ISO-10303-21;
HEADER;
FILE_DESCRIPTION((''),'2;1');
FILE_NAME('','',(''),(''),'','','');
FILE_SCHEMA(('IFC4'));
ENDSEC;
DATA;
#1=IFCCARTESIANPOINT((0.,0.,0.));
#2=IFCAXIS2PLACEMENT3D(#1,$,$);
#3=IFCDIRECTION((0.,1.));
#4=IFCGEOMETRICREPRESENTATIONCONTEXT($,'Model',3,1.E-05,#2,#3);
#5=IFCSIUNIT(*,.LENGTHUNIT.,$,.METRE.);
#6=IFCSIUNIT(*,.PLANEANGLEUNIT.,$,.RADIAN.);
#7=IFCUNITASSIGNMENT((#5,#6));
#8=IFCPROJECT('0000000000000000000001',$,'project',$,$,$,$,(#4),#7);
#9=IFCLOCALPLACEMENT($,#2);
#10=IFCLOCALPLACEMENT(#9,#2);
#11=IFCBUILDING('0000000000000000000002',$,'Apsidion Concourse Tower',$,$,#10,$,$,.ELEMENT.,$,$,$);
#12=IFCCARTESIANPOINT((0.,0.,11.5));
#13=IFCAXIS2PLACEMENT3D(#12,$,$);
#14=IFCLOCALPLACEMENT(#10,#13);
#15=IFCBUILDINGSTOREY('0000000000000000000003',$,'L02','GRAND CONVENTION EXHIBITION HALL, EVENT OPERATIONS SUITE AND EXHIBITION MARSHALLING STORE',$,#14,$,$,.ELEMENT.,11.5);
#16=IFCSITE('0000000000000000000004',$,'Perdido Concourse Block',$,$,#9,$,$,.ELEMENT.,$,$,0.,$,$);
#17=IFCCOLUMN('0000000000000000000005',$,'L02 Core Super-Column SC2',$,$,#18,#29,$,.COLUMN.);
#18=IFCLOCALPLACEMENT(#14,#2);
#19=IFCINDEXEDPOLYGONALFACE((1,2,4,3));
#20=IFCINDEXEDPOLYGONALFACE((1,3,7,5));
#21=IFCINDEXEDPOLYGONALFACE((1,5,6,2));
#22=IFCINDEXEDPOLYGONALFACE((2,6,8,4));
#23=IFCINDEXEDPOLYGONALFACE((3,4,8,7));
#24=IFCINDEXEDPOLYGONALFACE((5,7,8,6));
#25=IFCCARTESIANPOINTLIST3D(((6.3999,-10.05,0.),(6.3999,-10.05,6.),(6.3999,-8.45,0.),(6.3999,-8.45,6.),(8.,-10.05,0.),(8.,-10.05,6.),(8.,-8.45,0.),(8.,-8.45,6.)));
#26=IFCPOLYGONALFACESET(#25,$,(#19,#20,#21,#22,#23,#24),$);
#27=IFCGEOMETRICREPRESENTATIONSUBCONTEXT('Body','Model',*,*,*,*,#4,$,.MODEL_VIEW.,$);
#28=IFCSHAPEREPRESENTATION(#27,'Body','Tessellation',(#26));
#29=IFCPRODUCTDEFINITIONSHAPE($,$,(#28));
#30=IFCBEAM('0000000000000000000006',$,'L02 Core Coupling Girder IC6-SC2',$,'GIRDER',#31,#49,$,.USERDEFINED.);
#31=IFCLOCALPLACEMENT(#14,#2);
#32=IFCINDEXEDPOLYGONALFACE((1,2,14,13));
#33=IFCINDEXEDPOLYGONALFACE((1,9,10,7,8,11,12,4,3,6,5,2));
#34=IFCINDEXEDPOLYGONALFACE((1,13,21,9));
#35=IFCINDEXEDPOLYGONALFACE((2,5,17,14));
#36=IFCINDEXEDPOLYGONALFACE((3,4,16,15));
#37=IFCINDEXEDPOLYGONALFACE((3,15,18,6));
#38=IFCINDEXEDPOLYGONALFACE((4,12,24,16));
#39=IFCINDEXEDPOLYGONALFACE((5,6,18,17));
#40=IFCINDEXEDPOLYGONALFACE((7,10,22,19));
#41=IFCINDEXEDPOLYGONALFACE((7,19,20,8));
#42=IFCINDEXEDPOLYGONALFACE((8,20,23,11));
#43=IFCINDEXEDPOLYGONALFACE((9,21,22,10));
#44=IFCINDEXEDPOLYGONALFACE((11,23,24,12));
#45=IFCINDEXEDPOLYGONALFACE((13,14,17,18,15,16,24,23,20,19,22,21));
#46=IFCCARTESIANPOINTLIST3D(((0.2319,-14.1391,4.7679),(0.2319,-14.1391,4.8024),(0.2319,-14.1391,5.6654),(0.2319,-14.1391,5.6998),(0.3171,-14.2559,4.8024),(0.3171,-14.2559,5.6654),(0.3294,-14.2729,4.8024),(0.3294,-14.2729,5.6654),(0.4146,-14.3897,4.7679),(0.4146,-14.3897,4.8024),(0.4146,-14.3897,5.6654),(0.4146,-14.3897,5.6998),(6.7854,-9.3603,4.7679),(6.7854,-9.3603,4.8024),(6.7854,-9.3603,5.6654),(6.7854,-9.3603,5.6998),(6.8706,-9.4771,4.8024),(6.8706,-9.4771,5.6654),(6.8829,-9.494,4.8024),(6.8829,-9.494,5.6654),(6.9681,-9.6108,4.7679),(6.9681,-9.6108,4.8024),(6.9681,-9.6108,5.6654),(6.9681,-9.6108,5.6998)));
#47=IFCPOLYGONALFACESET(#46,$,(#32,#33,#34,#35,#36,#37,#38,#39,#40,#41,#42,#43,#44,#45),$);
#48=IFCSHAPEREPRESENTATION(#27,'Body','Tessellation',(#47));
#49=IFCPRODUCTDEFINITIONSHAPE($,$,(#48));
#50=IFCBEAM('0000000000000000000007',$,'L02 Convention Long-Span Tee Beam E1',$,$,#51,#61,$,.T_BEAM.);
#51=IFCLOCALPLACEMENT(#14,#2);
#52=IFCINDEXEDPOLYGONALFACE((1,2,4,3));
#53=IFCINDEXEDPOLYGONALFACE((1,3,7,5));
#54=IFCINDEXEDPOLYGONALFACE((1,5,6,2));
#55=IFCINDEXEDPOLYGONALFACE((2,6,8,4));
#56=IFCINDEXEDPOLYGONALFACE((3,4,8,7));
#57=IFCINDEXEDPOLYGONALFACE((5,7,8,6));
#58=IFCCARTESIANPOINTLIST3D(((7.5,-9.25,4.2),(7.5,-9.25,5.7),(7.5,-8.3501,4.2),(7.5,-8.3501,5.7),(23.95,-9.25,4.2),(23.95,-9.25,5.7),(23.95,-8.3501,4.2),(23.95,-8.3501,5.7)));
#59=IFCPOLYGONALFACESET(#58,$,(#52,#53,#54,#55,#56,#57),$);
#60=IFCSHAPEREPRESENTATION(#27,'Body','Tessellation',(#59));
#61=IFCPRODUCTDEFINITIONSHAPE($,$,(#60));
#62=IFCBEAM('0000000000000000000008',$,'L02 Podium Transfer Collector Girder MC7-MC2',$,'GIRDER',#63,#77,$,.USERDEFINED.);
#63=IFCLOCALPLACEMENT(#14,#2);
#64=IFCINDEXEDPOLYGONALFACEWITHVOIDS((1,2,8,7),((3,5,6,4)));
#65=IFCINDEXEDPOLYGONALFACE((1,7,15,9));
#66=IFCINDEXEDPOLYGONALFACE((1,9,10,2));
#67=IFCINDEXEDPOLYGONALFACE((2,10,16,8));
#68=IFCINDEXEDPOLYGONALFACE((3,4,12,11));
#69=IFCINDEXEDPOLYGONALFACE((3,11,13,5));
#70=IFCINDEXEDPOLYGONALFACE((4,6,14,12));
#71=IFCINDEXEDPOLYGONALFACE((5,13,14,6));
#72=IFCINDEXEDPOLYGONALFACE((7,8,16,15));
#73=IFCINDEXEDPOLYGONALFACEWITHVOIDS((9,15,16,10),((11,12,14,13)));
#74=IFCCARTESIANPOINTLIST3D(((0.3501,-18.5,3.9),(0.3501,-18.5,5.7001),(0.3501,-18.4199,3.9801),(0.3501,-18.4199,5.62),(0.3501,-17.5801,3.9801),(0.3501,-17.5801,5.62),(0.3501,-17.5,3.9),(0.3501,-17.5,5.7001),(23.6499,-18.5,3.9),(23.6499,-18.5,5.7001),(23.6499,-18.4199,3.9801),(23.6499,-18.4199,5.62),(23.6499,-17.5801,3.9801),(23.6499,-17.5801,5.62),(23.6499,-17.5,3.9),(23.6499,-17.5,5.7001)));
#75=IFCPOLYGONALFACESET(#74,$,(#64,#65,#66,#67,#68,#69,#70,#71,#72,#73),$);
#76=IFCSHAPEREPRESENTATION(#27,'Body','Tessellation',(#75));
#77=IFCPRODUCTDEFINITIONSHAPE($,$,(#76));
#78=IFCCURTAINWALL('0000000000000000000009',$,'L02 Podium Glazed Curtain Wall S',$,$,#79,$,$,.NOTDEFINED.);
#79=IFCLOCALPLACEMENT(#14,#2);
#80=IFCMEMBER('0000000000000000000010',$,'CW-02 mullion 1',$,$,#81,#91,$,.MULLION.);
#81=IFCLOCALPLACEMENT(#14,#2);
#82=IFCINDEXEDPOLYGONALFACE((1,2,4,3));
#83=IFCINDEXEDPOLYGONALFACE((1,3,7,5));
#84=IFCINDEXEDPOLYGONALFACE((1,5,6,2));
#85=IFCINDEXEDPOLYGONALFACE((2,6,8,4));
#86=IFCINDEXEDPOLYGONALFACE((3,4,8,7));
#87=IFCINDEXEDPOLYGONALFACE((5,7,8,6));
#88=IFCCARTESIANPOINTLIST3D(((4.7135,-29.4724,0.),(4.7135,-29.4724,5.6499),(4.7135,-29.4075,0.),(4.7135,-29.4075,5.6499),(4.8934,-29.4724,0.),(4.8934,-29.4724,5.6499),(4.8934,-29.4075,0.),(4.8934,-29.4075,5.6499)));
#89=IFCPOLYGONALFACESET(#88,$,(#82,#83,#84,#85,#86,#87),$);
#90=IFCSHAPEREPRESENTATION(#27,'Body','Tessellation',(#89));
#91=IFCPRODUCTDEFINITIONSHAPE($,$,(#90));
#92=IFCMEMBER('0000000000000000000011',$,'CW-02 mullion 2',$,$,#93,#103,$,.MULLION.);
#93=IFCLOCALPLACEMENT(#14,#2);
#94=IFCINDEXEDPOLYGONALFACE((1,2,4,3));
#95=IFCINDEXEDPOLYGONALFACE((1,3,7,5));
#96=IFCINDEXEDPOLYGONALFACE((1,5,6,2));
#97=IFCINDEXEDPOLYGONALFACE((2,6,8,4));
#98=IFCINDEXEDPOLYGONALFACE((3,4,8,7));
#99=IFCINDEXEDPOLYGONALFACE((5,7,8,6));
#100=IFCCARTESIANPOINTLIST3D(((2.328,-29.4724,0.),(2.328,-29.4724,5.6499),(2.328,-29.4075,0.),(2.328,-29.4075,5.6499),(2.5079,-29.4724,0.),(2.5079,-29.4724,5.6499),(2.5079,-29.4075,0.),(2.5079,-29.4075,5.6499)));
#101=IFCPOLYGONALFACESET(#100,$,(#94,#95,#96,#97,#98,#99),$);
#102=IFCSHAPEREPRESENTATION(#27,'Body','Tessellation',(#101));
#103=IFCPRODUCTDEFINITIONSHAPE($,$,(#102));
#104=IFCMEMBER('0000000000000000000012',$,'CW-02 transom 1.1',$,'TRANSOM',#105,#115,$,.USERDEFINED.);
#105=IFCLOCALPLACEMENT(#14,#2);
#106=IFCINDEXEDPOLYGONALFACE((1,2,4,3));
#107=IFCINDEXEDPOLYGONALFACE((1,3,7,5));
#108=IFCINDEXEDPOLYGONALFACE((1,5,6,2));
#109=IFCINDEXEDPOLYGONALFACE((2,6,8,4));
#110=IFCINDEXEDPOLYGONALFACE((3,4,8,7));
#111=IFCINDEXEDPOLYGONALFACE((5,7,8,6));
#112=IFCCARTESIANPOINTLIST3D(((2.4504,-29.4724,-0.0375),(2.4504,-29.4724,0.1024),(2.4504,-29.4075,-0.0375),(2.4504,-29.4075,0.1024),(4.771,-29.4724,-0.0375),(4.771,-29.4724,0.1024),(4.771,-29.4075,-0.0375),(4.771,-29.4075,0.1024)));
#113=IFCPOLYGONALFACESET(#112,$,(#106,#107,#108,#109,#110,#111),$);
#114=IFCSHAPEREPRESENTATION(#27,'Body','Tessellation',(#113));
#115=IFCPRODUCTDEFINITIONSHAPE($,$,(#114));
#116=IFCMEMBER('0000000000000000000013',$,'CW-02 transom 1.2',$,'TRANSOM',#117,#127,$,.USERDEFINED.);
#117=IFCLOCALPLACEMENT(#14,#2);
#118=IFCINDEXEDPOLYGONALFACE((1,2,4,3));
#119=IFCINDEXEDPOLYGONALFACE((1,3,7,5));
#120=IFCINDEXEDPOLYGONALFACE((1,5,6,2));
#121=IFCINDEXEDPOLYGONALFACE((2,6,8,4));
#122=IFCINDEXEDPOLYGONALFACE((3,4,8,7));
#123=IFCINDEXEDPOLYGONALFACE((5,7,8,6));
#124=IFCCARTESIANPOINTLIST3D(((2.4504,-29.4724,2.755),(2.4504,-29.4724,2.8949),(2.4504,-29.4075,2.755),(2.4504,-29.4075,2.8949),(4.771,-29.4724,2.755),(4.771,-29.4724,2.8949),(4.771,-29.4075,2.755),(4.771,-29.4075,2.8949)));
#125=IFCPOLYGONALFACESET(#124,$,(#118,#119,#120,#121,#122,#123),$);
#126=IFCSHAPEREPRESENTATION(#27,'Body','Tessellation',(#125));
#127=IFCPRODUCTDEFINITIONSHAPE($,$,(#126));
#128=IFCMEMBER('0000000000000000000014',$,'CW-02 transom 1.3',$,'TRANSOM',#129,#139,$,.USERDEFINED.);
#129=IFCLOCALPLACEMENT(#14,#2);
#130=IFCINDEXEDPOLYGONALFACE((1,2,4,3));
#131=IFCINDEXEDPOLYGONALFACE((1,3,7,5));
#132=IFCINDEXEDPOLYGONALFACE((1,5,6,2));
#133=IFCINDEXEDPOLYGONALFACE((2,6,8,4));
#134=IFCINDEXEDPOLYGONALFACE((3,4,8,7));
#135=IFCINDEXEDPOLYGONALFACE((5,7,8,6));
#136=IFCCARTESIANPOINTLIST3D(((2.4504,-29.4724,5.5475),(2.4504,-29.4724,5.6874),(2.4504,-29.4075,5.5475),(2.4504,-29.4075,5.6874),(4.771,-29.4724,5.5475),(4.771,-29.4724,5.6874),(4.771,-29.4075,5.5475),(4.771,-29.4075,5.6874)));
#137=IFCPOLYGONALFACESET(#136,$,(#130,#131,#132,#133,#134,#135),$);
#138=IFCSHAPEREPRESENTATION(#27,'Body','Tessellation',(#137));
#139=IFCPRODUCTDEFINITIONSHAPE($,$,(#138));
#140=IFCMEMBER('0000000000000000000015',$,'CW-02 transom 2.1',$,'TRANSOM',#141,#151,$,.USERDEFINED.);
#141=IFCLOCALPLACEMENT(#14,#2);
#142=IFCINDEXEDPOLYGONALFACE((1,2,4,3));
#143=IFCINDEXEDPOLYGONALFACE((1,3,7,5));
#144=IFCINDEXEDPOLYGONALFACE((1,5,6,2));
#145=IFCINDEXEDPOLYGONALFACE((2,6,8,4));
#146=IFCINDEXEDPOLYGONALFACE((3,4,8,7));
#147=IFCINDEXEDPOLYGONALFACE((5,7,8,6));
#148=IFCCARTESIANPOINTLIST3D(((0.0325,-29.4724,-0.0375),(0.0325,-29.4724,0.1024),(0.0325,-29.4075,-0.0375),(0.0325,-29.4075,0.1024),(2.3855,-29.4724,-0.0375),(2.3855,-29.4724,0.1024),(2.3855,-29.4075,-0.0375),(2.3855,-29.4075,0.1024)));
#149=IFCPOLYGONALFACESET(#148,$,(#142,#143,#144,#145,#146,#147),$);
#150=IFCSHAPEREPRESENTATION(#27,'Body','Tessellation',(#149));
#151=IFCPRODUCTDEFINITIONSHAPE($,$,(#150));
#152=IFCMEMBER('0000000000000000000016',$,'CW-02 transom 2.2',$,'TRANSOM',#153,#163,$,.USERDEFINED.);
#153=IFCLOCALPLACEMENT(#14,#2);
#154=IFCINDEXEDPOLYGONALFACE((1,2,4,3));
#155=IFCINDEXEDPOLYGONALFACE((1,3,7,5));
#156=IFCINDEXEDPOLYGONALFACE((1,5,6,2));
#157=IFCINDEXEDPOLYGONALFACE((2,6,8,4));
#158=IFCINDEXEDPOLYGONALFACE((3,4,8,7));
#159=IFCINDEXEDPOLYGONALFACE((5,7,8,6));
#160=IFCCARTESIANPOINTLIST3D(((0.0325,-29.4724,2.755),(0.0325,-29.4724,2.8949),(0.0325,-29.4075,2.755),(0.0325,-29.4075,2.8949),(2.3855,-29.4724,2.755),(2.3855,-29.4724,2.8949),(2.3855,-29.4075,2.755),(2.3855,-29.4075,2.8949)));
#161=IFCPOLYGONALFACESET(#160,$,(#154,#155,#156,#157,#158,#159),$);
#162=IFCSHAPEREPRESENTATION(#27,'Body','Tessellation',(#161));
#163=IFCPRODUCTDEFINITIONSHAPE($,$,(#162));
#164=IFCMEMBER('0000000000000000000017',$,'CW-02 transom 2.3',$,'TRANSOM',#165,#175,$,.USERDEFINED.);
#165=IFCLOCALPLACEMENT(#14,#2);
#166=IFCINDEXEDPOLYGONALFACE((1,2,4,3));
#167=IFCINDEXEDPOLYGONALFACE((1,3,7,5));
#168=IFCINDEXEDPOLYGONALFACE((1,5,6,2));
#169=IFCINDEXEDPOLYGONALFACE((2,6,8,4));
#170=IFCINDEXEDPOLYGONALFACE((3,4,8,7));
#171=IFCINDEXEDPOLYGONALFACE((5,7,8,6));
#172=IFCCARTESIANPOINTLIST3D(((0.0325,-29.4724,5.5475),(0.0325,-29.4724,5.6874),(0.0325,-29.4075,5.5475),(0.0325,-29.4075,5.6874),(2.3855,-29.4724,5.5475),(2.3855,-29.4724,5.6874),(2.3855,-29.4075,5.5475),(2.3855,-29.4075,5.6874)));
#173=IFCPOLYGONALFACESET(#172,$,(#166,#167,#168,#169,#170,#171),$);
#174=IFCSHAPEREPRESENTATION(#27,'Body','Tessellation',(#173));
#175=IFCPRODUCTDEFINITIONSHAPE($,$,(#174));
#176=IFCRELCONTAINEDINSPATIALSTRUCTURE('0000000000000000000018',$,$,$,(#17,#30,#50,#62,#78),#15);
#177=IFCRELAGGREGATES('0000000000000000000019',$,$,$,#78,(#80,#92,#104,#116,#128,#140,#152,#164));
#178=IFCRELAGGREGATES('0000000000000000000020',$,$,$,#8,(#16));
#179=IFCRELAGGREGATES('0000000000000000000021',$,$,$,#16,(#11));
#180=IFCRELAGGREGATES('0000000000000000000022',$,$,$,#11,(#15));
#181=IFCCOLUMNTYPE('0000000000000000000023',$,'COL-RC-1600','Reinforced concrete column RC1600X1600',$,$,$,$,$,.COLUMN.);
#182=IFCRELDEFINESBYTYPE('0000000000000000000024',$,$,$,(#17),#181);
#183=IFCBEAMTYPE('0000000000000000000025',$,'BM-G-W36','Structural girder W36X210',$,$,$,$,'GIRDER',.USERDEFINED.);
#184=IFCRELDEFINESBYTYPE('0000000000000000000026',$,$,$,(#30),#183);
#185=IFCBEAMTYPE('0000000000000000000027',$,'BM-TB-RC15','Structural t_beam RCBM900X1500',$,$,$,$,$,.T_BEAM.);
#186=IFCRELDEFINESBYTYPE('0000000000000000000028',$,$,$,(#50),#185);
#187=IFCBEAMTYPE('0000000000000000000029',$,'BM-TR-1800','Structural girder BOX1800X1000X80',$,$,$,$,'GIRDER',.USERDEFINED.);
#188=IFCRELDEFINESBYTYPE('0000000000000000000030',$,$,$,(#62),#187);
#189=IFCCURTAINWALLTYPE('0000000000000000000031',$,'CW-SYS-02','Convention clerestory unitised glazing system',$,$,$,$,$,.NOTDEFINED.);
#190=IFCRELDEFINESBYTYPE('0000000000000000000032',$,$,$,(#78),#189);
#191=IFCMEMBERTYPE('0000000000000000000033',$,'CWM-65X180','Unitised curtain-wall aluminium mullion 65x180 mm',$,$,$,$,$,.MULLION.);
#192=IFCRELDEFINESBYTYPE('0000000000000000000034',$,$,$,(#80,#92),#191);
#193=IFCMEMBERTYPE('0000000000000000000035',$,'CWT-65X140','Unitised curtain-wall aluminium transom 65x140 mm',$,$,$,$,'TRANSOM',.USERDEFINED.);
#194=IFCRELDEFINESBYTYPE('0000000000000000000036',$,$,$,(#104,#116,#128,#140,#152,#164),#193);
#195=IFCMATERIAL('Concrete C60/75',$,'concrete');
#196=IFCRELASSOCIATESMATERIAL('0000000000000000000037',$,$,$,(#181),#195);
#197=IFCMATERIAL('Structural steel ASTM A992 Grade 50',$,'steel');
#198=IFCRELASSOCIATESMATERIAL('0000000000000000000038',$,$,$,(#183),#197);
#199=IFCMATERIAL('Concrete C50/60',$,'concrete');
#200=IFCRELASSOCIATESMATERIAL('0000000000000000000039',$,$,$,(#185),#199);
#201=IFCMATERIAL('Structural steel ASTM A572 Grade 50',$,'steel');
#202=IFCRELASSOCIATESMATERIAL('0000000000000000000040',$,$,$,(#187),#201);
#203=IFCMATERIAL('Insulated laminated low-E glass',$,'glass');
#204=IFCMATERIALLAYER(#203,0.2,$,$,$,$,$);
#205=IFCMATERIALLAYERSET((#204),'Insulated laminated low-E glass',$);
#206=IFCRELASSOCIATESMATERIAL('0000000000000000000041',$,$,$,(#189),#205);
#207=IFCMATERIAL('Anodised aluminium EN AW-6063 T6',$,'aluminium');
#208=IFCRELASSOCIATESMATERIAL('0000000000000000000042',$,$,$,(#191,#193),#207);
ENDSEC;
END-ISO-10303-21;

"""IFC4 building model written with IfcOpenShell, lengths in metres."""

from ifc_helpers import new_model, si_unit, direction, frame, origin, origin_2d, place, context, subcontext, project, spatial, rectangle, hollow_rectangle, i_section, extrude, material, layer, layer_set, material_profile, profile_set, type_object, element, aggregate, save


model = new_model("IFC4")

# Units and contexts
model_context = context("Model", 3, precision=1e-05, world=origin(), true_north=direction((0.0, 1.0)))
body_context = subcontext(model_context, "Body", "Model", "MODEL_VIEW")
ifc_project = project(units=[si_unit("LENGTHUNIT", "METRE"), si_unit("PLANEANGLEUNIT", "RADIAN")], contexts=[model_context])

# Site, building, storey
site_placement = place(None, origin())
site = spatial("IfcSite", under=ifc_project, at=site_placement, Name="Perdido Concourse Block", CompositionType="ELEMENT", RefElevation=0.0)
building_placement = place(site_placement, origin())
building = spatial("IfcBuilding", under=site, at=building_placement, Name="Apsidion Concourse Tower", CompositionType="ELEMENT")
storey_placement = place(building_placement, frame((0.0, 0.0, 11.5)))
storey = spatial("IfcBuildingStorey", under=building, at=storey_placement, Name="L02", Description="GRAND CONVENTION EXHIBITION HALL, EVENT OPERATIONS SUITE AND EXHIBITION MARSHALLING STORE", CompositionType="ELEMENT", Elevation=11.5)

# Column
ifc_material_1 = material(Name="Concrete C60/75", Category="concrete")
ifc_material_profile_1 = material_profile(ifc_material_1, rectangle(XDim=1.6001, YDim=1.6001, at=origin_2d()), Name="RC 1600x1600")
ifc_profile_set_1 = profile_set([ifc_material_profile_1], Name="Concrete C60/75")
column_type = type_object("IfcColumnType", Name="COL-RC-1600", Description="Reinforced concrete column RC1600X1600", PredefinedType="COLUMN", material=ifc_profile_set_1)
column_placement = place(storey_placement, frame((7.2, -9.25, 0.0), z_axis=(0.0, 0.0, 1.0), x_axis=(1.0, 0.0, 0.0)))
element("IfcColumn", 1, at=column_placement, inside=storey, type_object=column_type, Name="L02 Core Super-Column SC2", PredefinedType="COLUMN", context=body_context, shape_type="SweptSolid", body=[
    extrude(rectangle(XDim=1.6001, YDim=1.6001, at=origin_2d()), origin(), (0.0, 0.0, 1.0), 6.0),
])

# Beams
ifc_material_2 = material(Name="Structural steel ASTM A992 Grade 50", Category="steel")
ifc_material_profile_2 = material_profile(ifc_material_2, i_section(OverallWidth=0.3101, OverallDepth=0.9319, WebThickness=0.021, FlangeThickness=0.0344, at=origin_2d()), Name="W36X210")
ifc_profile_set_2 = profile_set([ifc_material_profile_2], Name="Structural steel ASTM A992 Grade 50")
beam_type_1 = type_object("IfcBeamType", Name="BM-G-W36", Description="Structural girder W36X210", ElementType="GIRDER", PredefinedType="USERDEFINED", material=ifc_profile_set_2)
beam_1_placement = place(storey_placement, frame((0.3232, -14.2644, 5.2339), z_axis=(0.807993, 0.589191, 0.0), x_axis=(-0.589191, 0.807993, 0.0)))
element("IfcBeam", 2, at=beam_1_placement, inside=storey, type_object=beam_type_1, Name="L02 Core Coupling Girder IC6-SC2", ObjectType="GIRDER", PredefinedType="USERDEFINED", context=body_context, shape_type="SweptSolid", body=[
    extrude(i_section(OverallWidth=0.3101, OverallDepth=0.9319, WebThickness=0.021, FlangeThickness=0.0344, at=origin_2d()), origin(), (0.0, 0.0, 1.0), 8.1108),
])
ifc_material_3 = material(Name="Concrete C50/60", Category="concrete")
ifc_material_profile_3 = material_profile(ifc_material_3, rectangle(XDim=0.8999, YDim=1.5, at=origin_2d()), Name="RC 900x1500")
ifc_profile_set_3 = profile_set([ifc_material_profile_3], Name="Concrete C50/60")
beam_type_2 = type_object("IfcBeamType", Name="BM-TB-RC15", Description="Structural t_beam RCBM900X1500", PredefinedType="T_BEAM", material=ifc_profile_set_3)
beam_2_placement = place(storey_placement, frame((7.5, -8.8, 4.95), z_axis=(1.0, 0.0, 0.0), x_axis=(0.0, 1.0, 0.0)))
element("IfcBeam", 3, at=beam_2_placement, inside=storey, type_object=beam_type_2, Name="L02 Convention Long-Span Tee Beam E1", PredefinedType="T_BEAM", context=body_context, shape_type="SweptSolid", body=[
    extrude(rectangle(XDim=0.8999, YDim=1.5, at=origin_2d()), origin(), (0.0, 0.0, 1.0), 16.45),
])
ifc_material_4 = material(Name="Structural steel ASTM A572 Grade 50", Category="steel")
ifc_material_profile_4 = material_profile(ifc_material_4, hollow_rectangle(XDim=1.0, YDim=1.8, WallThickness=0.0801, at=origin_2d()), Name="BOX1800X1000X80")
ifc_profile_set_4 = profile_set([ifc_material_profile_4], Name="Structural steel ASTM A572 Grade 50")
beam_type_3 = type_object("IfcBeamType", Name="BM-TR-1800", Description="Structural girder BOX1800X1000X80", ElementType="GIRDER", PredefinedType="USERDEFINED", material=ifc_profile_set_4)
beam_3_placement = place(storey_placement, frame((0.3501, -18.0, 4.8), z_axis=(1.0, 0.0, 0.0), x_axis=(0.0, 1.0, 0.0)))
element("IfcBeam", 4, at=beam_3_placement, inside=storey, type_object=beam_type_3, Name="L02 Podium Transfer Collector Girder MC7-MC2", ObjectType="GIRDER", PredefinedType="USERDEFINED", context=body_context, shape_type="SweptSolid", body=[
    extrude(hollow_rectangle(XDim=1.0, YDim=1.8, WallThickness=0.0801, at=origin_2d()), origin(), (0.0, 0.0, 1.0), 23.2998),
])

# Curtain wall, members
ifc_material_5 = material(Name="Insulated laminated low-E glass", Category="glass")
ifc_layer_1 = layer(ifc_material_5, 0.2)
ifc_layer_set_1 = layer_set([ifc_layer_1], Name="Insulated laminated low-E glass")
curtain_wall_type = type_object("IfcCurtainWallType", Name="CW-SYS-02", Description="Convention clerestory unitised glazing system", PredefinedType="NOTDEFINED", material=ifc_layer_set_1)
curtain_wall_placement = place(storey_placement, origin())
curtain_wall = element("IfcCurtainWall", 5, at=curtain_wall_placement, inside=storey, type_object=curtain_wall_type, Name="L02 Podium Glazed Curtain Wall S", PredefinedType="NOTDEFINED")
ifc_material_6 = material(Name="Anodised aluminium EN AW-6063 T6", Category="aluminium")
ifc_material_profile_5 = material_profile(ifc_material_6, rectangle(XDim=0.0649, YDim=0.1799, at=origin_2d()), Name="ALU MULLION 65x180")
ifc_profile_set_5 = profile_set([ifc_material_profile_5], Name="Anodised aluminium EN AW-6063 T6")
member_type_1 = type_object("IfcMemberType", Name="CWM-65X180", Description="Unitised curtain-wall aluminium mullion 65x180 mm", PredefinedType="MULLION", material=ifc_profile_set_5)
member_1_placement = place(storey_placement, frame((4.8035, -29.4399, 0.0), z_axis=(0.0, 0.0, 1.0), x_axis=(0.0, -1.0, 0.0)))
member_1 = element("IfcMember", 6, at=member_1_placement, type_object=member_type_1, Name="CW-02 mullion 1", PredefinedType="MULLION", context=body_context, shape_type="SweptSolid", body=[
    extrude(rectangle(XDim=0.0649, YDim=0.1799, at=origin_2d()), origin(), (0.0, 0.0, 1.0), 5.6499),
])
member_2_placement = place(storey_placement, frame((2.418, -29.4399, 0.0), z_axis=(0.0, 0.0, 1.0), x_axis=(0.0, -1.0, 0.0)))
member_2 = element("IfcMember", 7, at=member_2_placement, type_object=member_type_1, Name="CW-02 mullion 2", PredefinedType="MULLION", context=body_context, shape_type="SweptSolid", body=[
    extrude(rectangle(XDim=0.0649, YDim=0.1799, at=origin_2d()), origin(), (0.0, 0.0, 1.0), 5.6499),
])
ifc_material_profile_6 = material_profile(ifc_material_6, rectangle(XDim=0.0649, YDim=0.1399, at=origin_2d()), Name="ALU TRANSOM 65x140")
ifc_profile_set_6 = profile_set([ifc_material_profile_6], Name="Anodised aluminium EN AW-6063 T6")
member_type_2 = type_object("IfcMemberType", Name="CWT-65X140", Description="Unitised curtain-wall aluminium transom 65x140 mm", ElementType="TRANSOM", PredefinedType="USERDEFINED", material=ifc_profile_set_6)
member_3_placement = place(storey_placement, frame((4.771, -29.4399, 0.0325), z_axis=(-1.0, 0.0, 0.0), x_axis=(0.0, -1.0, 0.0)))
member_3 = element("IfcMember", 8, at=member_3_placement, type_object=member_type_2, Name="CW-02 transom 1.1", ObjectType="TRANSOM", PredefinedType="USERDEFINED", context=body_context, shape_type="SweptSolid", body=[
    extrude(rectangle(XDim=0.0649, YDim=0.1399, at=origin_2d()), origin(), (0.0, 0.0, 1.0), 2.3206),
])
member_4_placement = place(storey_placement, frame((4.771, -29.4399, 2.825), z_axis=(-1.0, 0.0, 0.0), x_axis=(0.0, -1.0, 0.0)))
member_4 = element("IfcMember", 9, at=member_4_placement, type_object=member_type_2, Name="CW-02 transom 1.2", ObjectType="TRANSOM", PredefinedType="USERDEFINED", context=body_context, shape_type="SweptSolid", body=[
    extrude(rectangle(XDim=0.0649, YDim=0.1399, at=origin_2d()), origin(), (0.0, 0.0, 1.0), 2.3206),
])
member_5_placement = place(storey_placement, frame((4.771, -29.4399, 5.6174), z_axis=(-1.0, 0.0, 0.0), x_axis=(0.0, -1.0, 0.0)))
member_5 = element("IfcMember", 10, at=member_5_placement, type_object=member_type_2, Name="CW-02 transom 1.3", ObjectType="TRANSOM", PredefinedType="USERDEFINED", context=body_context, shape_type="SweptSolid", body=[
    extrude(rectangle(XDim=0.0649, YDim=0.1399, at=origin_2d()), origin(), (0.0, 0.0, 1.0), 2.3206),
])
member_6_placement = place(storey_placement, frame((2.3855, -29.4399, 0.0325), z_axis=(-1.0, 0.0, 0.0), x_axis=(0.0, -1.0, 0.0)))
member_6 = element("IfcMember", 11, at=member_6_placement, type_object=member_type_2, Name="CW-02 transom 2.1", ObjectType="TRANSOM", PredefinedType="USERDEFINED", context=body_context, shape_type="SweptSolid", body=[
    extrude(rectangle(XDim=0.0649, YDim=0.1399, at=origin_2d()), origin(), (0.0, 0.0, 1.0), 2.353),
])
member_7_placement = place(storey_placement, frame((2.3855, -29.4399, 2.825), z_axis=(-1.0, 0.0, 0.0), x_axis=(0.0, -1.0, 0.0)))
member_7 = element("IfcMember", 12, at=member_7_placement, type_object=member_type_2, Name="CW-02 transom 2.2", ObjectType="TRANSOM", PredefinedType="USERDEFINED", context=body_context, shape_type="SweptSolid", body=[
    extrude(rectangle(XDim=0.0649, YDim=0.1399, at=origin_2d()), origin(), (0.0, 0.0, 1.0), 2.353),
])
member_8_placement = place(storey_placement, frame((2.3855, -29.4399, 5.6174), z_axis=(-1.0, 0.0, 0.0), x_axis=(0.0, -1.0, 0.0)))
member_8 = element("IfcMember", 13, at=member_8_placement, type_object=member_type_2, Name="CW-02 transom 2.3", ObjectType="TRANSOM", PredefinedType="USERDEFINED", context=body_context, shape_type="SweptSolid", body=[
    extrude(rectangle(XDim=0.0649, YDim=0.1399, at=origin_2d()), origin(), (0.0, 0.0, 1.0), 2.353),
])
aggregate(curtain_wall, [member_1, member_2, member_3, member_4, member_5, member_6, member_7, member_8])

save(model, "model.ifc")
